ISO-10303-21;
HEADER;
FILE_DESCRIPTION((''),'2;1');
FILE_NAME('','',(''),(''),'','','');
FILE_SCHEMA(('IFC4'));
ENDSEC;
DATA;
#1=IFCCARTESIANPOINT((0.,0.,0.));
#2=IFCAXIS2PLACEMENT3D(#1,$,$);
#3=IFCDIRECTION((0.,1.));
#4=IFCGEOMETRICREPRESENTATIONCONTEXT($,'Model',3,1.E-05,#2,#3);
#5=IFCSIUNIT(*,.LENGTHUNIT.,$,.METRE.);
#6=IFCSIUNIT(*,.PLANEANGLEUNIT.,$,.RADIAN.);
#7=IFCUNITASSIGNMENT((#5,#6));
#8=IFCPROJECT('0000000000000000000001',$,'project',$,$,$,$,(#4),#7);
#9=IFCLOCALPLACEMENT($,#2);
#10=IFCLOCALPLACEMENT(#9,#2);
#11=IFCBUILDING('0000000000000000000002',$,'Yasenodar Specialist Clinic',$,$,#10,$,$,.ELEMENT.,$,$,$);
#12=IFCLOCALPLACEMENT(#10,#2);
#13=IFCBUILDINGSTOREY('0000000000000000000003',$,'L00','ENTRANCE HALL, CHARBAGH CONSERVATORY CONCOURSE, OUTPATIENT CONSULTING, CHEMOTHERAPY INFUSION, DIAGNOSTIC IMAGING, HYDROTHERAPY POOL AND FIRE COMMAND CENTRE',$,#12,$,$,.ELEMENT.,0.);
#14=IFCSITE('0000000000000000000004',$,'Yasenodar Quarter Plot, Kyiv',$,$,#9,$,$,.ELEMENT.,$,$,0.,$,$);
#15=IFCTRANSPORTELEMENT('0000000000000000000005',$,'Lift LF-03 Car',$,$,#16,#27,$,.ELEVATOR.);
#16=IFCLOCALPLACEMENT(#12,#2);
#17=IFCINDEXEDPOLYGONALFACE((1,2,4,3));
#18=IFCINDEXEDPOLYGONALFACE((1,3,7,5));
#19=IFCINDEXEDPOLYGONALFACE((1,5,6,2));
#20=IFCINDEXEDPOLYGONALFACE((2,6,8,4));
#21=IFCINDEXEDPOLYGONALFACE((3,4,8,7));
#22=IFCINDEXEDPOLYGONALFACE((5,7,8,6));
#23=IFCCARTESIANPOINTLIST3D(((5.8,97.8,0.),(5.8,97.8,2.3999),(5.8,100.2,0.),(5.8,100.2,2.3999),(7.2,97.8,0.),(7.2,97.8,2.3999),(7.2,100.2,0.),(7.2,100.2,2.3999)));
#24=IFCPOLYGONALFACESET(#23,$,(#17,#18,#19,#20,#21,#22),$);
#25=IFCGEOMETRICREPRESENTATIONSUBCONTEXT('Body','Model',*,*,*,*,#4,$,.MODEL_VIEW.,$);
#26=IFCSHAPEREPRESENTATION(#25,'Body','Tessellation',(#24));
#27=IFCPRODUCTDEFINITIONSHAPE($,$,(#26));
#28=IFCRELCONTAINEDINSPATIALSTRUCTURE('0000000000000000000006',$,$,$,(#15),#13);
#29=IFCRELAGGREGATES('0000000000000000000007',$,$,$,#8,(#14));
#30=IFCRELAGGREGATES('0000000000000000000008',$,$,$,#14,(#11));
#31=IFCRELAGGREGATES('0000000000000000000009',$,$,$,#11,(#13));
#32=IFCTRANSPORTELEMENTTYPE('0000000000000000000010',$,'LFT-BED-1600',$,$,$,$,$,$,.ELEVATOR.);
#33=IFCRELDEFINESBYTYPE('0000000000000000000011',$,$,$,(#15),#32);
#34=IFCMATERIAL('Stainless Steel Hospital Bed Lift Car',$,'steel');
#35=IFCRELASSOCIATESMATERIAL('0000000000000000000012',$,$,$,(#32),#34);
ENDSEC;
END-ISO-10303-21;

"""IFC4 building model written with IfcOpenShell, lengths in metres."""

from ifc_helpers import new_model, si_unit, direction, frame, origin, origin_2d, place, context, subcontext, project, spatial, rectangle, extrude, material, type_object, element, save


model = new_model("IFC4")

# Units and contexts
model_context = context("Model", 3, precision=1e-05, world=origin(), true_north=direction((0.0, 1.0)))
body_context = subcontext(model_context, "Body", "Model", "MODEL_VIEW")
ifc_project = project(units=[si_unit("LENGTHUNIT", "METRE"), si_unit("PLANEANGLEUNIT", "RADIAN")], contexts=[model_context])

# Site, building, storey
site_placement = place(None, origin())
site = spatial("IfcSite", under=ifc_project, at=site_placement, Name="Yasenodar Quarter Plot, Kyiv", CompositionType="ELEMENT", RefElevation=0.0)
building_placement = place(site_placement, origin())
building = spatial("IfcBuilding", under=site, at=building_placement, Name="Yasenodar Specialist Clinic", CompositionType="ELEMENT")
storey_placement = place(building_placement, origin())
storey = spatial("IfcBuildingStorey", under=building, at=storey_placement, Name="L00", Description="ENTRANCE HALL, CHARBAGH CONSERVATORY CONCOURSE, OUTPATIENT CONSULTING, CHEMOTHERAPY INFUSION, DIAGNOSTIC IMAGING, HYDROTHERAPY POOL AND FIRE COMMAND CENTRE", CompositionType="ELEMENT", Elevation=0.0)

# Transport element
ifc_material_1 = material(Name="Stainless Steel Hospital Bed Lift Car", Category="steel")
transport_element_type = type_object("IfcTransportElementType", Name="LFT-BED-1600", PredefinedType="ELEVATOR", material=ifc_material_1)
transport_element_placement = place(storey_placement, frame((6.5, 99.0, 0.0), z_axis=(0.0, 0.0, 1.0), x_axis=(1.0, 0.0, 0.0)))
element("IfcTransportElement", 1, at=transport_element_placement, inside=storey, type_object=transport_element_type, Name="Lift LF-03 Car", PredefinedType="ELEVATOR", context=body_context, shape_type="SweptSolid", body=[
    extrude(rectangle(XDim=1.3999, YDim=2.3999, at=origin_2d()), origin(), (0.0, 0.0, 1.0), 2.3999),
])

save(model, "model.ifc")
